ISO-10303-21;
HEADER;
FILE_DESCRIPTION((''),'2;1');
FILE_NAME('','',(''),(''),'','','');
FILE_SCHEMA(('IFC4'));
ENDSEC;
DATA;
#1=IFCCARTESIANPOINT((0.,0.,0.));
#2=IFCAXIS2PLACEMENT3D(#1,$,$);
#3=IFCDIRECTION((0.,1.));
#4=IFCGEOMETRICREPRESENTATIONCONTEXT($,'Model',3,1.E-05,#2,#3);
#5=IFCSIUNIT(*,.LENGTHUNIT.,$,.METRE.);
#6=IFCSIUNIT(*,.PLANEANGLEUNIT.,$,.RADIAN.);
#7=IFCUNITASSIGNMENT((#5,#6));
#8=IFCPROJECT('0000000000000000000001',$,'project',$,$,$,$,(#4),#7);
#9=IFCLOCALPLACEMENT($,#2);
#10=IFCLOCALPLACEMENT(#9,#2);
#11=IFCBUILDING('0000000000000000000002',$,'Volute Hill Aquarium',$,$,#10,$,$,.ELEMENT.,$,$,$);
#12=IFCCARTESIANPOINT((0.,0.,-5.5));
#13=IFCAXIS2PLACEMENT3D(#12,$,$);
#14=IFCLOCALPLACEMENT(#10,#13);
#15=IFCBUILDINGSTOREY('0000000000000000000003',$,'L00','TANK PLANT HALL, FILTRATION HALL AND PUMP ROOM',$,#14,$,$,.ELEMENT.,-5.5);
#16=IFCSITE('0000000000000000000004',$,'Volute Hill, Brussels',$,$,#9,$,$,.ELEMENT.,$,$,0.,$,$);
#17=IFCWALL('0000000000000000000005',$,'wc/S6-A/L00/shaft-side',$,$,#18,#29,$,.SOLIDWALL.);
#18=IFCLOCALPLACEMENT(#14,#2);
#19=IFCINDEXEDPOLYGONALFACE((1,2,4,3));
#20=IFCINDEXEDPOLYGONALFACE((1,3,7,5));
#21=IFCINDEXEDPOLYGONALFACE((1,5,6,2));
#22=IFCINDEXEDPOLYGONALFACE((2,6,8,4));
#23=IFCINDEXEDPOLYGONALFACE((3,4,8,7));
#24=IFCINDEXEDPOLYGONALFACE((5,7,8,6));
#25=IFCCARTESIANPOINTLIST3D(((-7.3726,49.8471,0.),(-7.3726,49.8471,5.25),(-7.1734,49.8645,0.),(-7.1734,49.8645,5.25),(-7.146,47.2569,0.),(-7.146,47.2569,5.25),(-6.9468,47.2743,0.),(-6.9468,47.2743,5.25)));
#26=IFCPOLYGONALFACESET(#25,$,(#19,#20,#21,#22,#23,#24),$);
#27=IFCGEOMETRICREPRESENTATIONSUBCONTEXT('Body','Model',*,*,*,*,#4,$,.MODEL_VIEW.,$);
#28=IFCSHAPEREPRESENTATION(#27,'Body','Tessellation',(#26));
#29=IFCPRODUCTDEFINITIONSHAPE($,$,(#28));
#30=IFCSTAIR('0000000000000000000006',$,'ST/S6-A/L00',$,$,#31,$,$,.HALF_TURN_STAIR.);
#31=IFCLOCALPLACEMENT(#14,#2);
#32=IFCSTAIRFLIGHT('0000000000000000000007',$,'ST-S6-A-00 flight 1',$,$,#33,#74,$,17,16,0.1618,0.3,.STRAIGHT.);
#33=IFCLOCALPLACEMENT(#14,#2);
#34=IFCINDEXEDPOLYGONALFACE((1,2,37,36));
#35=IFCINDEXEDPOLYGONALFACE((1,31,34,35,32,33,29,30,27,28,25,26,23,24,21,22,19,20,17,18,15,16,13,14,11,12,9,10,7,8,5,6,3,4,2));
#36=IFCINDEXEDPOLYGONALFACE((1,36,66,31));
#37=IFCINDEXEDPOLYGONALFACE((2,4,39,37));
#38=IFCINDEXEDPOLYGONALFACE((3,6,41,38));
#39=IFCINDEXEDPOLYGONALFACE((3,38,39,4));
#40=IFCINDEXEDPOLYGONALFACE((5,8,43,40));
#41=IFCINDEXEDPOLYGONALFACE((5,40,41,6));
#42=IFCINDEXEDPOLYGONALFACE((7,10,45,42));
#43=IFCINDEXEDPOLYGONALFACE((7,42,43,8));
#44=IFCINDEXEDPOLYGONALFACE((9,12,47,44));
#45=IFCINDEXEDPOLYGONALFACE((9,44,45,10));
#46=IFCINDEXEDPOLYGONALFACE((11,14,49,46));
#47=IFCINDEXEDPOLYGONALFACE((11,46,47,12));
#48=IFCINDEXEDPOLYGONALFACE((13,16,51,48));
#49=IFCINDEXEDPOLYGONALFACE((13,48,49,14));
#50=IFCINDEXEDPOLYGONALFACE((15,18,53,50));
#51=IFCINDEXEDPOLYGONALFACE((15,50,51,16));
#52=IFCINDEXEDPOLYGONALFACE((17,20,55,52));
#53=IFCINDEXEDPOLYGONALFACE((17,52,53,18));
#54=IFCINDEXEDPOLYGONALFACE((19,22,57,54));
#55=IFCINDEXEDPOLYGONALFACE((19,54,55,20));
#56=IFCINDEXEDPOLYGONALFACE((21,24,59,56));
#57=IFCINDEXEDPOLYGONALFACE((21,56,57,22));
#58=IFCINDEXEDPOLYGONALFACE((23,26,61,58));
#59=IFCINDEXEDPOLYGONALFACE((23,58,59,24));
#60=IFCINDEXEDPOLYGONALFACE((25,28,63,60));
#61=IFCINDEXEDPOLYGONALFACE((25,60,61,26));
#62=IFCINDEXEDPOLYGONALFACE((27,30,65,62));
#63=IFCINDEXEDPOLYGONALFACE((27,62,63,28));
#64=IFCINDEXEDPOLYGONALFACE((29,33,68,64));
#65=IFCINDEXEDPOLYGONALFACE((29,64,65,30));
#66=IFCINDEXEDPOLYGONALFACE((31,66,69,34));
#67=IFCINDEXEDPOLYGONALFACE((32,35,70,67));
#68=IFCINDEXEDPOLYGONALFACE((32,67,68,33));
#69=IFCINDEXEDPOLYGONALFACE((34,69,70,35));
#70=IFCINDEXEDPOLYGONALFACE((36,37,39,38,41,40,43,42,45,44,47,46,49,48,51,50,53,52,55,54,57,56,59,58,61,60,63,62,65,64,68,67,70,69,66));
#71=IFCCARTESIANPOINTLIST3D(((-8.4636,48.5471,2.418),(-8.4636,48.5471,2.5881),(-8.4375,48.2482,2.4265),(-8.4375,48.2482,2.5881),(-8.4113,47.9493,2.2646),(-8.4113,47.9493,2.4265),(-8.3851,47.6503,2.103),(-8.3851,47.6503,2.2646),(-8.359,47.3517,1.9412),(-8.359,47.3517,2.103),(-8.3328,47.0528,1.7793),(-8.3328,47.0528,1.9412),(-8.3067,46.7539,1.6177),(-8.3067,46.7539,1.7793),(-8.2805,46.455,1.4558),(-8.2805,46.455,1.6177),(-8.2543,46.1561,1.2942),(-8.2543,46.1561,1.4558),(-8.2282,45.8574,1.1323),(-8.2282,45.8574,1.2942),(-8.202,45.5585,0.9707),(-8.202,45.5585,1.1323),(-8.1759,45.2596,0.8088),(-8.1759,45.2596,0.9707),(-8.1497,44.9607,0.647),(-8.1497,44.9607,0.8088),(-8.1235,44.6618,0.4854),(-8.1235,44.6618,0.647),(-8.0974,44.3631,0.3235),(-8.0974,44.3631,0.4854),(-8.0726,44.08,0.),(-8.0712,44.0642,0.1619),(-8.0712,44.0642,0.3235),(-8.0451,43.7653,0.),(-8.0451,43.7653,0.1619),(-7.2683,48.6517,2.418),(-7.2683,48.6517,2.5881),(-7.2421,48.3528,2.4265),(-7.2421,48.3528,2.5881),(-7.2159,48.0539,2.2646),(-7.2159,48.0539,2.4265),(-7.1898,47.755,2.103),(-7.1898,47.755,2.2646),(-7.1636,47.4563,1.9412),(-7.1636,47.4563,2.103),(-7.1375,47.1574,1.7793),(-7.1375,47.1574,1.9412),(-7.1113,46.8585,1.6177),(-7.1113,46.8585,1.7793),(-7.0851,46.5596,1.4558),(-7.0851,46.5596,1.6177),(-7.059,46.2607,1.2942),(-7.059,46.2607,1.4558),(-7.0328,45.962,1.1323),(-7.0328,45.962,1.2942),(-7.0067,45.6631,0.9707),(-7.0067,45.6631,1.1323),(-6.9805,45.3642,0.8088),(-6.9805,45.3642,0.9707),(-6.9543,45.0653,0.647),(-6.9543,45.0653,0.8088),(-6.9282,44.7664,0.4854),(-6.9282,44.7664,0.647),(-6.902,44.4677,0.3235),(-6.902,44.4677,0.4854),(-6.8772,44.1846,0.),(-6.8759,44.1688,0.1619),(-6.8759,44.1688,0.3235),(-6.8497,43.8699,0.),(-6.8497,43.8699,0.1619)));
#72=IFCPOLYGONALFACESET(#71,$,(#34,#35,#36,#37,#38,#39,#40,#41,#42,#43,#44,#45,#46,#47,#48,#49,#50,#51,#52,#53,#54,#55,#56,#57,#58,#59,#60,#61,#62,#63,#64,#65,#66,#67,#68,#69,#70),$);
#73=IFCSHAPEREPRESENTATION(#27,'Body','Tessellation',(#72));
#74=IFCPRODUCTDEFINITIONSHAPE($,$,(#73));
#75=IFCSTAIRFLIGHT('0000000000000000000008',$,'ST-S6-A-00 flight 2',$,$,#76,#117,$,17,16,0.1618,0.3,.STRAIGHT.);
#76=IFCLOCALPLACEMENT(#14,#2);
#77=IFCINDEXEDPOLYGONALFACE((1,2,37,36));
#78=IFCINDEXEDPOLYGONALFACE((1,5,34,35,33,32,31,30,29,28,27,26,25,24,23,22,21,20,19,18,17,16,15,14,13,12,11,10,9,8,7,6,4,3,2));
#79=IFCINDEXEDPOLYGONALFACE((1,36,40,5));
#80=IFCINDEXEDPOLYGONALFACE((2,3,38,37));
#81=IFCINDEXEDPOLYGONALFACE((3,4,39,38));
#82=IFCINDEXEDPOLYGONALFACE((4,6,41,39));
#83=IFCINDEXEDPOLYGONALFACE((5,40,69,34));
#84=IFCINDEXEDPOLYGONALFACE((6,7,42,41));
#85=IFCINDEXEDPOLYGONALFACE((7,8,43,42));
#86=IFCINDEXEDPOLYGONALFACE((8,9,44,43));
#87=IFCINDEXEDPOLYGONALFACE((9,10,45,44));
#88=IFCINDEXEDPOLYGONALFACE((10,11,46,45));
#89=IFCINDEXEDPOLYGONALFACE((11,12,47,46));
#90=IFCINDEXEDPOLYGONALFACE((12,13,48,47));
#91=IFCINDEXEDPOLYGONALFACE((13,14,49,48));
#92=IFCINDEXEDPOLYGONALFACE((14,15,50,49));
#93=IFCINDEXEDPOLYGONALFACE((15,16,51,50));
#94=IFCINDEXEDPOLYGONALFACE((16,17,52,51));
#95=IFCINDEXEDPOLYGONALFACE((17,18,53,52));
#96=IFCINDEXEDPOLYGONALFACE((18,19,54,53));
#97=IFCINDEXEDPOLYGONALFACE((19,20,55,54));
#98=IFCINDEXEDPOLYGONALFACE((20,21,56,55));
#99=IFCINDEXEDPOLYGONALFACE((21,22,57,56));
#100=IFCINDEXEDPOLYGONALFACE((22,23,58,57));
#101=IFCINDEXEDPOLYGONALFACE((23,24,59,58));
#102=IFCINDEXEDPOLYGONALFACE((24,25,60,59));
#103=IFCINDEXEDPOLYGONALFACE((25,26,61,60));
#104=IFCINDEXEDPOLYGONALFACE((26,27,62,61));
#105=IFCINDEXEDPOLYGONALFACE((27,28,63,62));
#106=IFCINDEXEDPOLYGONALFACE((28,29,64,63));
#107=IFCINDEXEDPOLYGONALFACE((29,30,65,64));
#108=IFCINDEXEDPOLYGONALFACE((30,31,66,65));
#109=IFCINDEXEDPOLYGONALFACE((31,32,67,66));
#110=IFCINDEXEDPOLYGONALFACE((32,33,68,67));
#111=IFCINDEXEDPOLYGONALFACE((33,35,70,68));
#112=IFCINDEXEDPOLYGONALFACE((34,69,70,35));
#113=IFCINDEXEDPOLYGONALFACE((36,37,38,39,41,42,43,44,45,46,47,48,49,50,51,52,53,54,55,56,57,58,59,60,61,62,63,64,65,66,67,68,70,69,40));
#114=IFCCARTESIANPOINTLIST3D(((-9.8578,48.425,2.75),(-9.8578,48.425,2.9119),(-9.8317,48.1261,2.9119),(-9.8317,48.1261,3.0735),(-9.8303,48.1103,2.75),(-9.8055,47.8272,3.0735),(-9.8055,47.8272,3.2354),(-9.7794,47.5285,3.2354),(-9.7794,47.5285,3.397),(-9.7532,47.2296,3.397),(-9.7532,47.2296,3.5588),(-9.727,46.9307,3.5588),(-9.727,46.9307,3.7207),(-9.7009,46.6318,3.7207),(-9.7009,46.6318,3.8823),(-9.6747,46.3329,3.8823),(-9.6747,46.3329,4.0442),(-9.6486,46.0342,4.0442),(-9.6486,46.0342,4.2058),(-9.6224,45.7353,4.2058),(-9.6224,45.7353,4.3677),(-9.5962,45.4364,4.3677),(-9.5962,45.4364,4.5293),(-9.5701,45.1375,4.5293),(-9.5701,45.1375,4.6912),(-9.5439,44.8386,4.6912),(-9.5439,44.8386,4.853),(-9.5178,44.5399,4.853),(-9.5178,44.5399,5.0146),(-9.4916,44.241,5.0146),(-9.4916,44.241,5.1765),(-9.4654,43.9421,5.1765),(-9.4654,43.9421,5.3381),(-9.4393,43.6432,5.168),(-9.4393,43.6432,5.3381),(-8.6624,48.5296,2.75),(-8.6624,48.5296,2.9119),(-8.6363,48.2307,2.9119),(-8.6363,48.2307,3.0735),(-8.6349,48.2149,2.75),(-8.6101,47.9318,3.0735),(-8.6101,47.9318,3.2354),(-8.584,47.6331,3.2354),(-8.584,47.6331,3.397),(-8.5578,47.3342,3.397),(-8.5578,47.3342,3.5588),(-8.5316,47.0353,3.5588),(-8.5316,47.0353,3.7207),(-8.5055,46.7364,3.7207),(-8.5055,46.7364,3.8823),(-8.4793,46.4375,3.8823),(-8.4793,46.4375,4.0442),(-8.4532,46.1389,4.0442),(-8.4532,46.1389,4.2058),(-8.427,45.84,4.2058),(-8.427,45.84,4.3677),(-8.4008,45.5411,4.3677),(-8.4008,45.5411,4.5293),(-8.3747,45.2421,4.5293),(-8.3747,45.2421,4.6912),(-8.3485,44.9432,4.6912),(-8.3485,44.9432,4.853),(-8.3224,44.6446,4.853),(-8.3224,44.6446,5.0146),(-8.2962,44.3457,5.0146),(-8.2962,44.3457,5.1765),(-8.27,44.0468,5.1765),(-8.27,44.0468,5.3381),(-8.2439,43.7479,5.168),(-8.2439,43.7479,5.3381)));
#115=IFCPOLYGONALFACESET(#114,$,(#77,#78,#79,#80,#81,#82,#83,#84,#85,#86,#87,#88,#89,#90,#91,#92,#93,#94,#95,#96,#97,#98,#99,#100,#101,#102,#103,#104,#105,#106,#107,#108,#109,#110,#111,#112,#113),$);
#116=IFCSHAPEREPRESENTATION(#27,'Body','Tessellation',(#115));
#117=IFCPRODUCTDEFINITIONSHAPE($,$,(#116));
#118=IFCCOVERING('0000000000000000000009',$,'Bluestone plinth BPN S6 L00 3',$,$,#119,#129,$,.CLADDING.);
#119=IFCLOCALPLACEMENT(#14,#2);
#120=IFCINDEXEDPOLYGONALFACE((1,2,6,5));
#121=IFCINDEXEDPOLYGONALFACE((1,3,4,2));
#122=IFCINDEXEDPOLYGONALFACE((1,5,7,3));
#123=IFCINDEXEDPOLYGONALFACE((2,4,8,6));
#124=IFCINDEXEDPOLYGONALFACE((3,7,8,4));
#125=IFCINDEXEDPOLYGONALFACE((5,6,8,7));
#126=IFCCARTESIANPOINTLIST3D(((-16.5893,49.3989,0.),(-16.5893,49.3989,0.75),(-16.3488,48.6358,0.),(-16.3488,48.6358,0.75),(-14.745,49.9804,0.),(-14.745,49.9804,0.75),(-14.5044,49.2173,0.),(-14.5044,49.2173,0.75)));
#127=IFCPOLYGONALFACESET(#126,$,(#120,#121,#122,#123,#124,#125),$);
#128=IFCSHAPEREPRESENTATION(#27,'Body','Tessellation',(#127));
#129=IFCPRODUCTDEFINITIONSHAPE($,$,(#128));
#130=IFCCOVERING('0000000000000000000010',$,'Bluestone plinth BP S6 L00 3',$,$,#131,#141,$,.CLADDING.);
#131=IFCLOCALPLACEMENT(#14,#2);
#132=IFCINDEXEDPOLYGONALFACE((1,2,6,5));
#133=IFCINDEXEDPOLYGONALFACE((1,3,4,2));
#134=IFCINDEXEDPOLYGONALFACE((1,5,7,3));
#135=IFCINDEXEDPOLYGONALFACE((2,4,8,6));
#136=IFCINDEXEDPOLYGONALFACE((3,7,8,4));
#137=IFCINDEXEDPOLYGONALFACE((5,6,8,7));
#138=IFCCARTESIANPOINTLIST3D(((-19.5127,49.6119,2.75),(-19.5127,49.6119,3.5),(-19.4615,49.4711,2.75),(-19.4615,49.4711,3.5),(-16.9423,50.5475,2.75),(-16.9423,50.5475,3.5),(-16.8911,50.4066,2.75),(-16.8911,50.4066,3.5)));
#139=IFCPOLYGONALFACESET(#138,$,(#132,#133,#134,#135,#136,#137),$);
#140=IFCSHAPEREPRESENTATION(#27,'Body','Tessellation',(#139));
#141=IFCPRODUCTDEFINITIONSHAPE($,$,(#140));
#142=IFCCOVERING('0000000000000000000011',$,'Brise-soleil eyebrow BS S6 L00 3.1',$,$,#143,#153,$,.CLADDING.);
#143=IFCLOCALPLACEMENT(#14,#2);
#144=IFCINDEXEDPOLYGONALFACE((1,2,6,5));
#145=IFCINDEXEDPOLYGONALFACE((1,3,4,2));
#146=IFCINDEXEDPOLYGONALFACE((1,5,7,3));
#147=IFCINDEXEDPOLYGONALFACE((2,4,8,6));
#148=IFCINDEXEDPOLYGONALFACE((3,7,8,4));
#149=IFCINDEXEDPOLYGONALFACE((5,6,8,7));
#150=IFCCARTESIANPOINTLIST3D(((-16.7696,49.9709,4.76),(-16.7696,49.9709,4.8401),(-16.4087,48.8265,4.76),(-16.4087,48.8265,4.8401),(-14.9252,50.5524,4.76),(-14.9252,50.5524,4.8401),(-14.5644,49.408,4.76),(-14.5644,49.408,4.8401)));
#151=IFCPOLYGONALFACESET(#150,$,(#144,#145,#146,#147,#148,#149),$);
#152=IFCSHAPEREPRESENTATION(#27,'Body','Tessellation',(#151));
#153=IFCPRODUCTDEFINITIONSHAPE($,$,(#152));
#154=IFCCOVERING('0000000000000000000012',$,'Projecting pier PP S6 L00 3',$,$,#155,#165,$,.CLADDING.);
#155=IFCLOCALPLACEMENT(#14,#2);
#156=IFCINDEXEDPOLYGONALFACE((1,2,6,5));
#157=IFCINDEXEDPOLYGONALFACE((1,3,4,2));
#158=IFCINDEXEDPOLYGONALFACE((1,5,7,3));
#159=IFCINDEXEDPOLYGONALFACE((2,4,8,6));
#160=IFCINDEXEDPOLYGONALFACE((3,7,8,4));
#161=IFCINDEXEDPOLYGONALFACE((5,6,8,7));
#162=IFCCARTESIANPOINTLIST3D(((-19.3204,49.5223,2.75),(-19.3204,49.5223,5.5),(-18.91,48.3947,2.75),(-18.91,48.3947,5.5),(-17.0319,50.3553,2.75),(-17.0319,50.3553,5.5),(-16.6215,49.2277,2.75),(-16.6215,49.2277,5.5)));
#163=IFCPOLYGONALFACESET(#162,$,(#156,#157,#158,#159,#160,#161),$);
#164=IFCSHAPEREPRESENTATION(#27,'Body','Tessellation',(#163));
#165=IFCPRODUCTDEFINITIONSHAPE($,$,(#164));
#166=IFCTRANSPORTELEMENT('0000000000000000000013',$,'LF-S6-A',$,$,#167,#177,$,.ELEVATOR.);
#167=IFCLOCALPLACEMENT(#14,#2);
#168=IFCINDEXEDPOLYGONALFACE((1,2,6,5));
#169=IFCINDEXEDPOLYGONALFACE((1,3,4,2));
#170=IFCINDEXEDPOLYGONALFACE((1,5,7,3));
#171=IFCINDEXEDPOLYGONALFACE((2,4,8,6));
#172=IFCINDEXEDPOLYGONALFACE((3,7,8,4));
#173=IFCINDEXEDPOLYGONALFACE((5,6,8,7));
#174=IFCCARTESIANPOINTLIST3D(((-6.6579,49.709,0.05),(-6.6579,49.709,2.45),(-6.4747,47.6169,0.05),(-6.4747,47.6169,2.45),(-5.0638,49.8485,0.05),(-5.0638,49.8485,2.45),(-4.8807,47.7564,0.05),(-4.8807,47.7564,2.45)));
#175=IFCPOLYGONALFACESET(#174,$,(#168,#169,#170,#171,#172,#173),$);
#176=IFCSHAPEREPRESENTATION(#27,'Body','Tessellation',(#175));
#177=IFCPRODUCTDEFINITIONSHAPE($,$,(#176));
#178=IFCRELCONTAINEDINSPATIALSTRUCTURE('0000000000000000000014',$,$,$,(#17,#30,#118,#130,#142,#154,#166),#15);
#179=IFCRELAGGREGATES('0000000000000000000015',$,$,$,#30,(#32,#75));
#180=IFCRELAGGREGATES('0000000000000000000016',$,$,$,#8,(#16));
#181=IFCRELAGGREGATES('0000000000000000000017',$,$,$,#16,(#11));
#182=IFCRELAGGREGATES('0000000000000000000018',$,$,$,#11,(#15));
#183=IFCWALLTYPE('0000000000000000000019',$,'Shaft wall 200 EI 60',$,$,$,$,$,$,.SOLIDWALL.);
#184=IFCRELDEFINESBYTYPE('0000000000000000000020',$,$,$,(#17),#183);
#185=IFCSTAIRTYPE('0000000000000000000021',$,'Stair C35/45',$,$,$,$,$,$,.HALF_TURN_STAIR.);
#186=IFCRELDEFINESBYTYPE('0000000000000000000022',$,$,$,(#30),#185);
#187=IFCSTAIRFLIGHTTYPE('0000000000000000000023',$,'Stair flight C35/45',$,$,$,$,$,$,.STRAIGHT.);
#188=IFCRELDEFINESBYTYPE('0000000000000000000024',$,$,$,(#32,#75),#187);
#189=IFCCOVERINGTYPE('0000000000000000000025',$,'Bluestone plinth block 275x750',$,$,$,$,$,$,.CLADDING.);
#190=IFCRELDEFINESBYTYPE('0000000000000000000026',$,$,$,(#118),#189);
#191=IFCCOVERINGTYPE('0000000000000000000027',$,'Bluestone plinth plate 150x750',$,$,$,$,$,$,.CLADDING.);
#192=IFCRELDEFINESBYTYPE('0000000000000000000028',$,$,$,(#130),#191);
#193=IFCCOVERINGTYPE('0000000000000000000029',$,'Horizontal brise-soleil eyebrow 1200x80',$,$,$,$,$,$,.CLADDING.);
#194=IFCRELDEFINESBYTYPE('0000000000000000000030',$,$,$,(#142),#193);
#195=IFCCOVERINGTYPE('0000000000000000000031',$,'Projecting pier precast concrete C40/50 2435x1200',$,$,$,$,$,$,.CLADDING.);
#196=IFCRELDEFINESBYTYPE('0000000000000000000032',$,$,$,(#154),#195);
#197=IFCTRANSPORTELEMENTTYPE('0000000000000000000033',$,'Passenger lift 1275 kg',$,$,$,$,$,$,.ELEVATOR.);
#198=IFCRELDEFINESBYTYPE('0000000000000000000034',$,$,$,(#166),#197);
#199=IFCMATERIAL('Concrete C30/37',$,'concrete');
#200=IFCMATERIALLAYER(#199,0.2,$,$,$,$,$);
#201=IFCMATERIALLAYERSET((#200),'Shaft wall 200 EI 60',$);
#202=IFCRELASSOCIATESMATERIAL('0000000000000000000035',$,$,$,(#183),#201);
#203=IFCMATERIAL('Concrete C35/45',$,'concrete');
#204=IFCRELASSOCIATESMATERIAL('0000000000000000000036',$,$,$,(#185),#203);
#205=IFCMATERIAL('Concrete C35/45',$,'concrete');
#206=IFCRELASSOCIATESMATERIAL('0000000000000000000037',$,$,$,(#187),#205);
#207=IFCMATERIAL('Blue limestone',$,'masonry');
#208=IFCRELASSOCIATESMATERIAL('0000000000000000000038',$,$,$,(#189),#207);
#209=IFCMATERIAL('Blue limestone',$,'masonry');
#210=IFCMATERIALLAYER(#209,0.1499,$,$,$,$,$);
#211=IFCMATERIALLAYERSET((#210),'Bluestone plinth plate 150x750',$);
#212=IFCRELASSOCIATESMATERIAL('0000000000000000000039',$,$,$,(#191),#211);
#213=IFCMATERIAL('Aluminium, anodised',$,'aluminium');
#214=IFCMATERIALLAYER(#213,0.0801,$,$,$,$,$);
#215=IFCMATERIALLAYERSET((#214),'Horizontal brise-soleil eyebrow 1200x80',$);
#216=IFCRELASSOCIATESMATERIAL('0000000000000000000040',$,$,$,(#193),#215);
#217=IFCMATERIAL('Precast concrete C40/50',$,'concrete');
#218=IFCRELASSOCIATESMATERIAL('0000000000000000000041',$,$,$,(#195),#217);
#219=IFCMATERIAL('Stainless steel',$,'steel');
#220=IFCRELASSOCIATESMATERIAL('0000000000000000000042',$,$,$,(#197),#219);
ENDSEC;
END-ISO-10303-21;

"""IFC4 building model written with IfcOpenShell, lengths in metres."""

from ifc_helpers import new_model, si_unit, direction, frame, frame_2d, origin, origin_2d, place, context, subcontext, project, spatial, polyline, rectangle, outline, extrude, material, layer, layer_set, type_object, element, aggregate, save


model = new_model("IFC4")

# Units and contexts
model_context = context("Model", 3, precision=1e-05, world=origin(), true_north=direction((0.0, 1.0)))
body_context = subcontext(model_context, "Body", "Model", "MODEL_VIEW")
ifc_project = project(units=[si_unit("LENGTHUNIT", "METRE"), si_unit("PLANEANGLEUNIT", "RADIAN")], contexts=[model_context])

# Site, building, storey
site_placement = place(None, origin())
site = spatial("IfcSite", under=ifc_project, at=site_placement, Name="Volute Hill, Brussels", CompositionType="ELEMENT", RefElevation=0.0)
building_placement = place(site_placement, origin())
building = spatial("IfcBuilding", under=site, at=building_placement, Name="Volute Hill Aquarium", CompositionType="ELEMENT")
storey_placement = place(building_placement, frame((0.0, 0.0, -5.5)))
storey = spatial("IfcBuildingStorey", under=building, at=storey_placement, Name="L00", Description="TANK PLANT HALL, FILTRATION HALL AND PUMP ROOM", CompositionType="ELEMENT", Elevation=-5.5)

# Shared definitions
ifc_material_1 = material(Name="Concrete C30/37", Category="concrete")
ifc_layer_1 = layer(ifc_material_1, 0.2)
ifc_layer_set_1 = layer_set([ifc_layer_1], Name="Shaft wall 200 EI 60")
wall_type_1 = type_object("IfcWallType", Name="Shaft wall 200 EI 60", PredefinedType="SOLIDWALL", material=ifc_layer_set_1)

# Wall
wall_1_placement = place(storey_placement, frame((-7.0464, 47.2656, 0.0), z_axis=(0.0, 0.0, 1.0), x_axis=(-0.08714, 0.996196, 0.0)))
element("IfcWall", 1, at=wall_1_placement, inside=storey, type_object=wall_type_1, Name="wc/S6-A/L00/shaft-side", PredefinedType="SOLIDWALL", context=body_context, shape_type="SweptSolid", body=[
    extrude(rectangle(XDim=2.6001, YDim=0.2, at=frame_2d((1.3, 0.0))), origin(), (0.0, 0.0, 1.0), 5.25),
])

# Stair, stair flights
ifc_material_2 = material(Name="Concrete C35/45", Category="concrete")
stair_type = type_object("IfcStairType", Name="Stair C35/45", PredefinedType="HALF_TURN_STAIR", material=ifc_material_2)
stair_placement = place(storey_placement, origin())
stair = element("IfcStair", 2, at=stair_placement, inside=storey, type_object=stair_type, Name="ST/S6-A/L00", PredefinedType="HALF_TURN_STAIR")
ifc_material_3 = material(Name="Concrete C35/45", Category="concrete")
stair_flight_type = type_object("IfcStairFlightType", Name="Stair flight C35/45", PredefinedType="STRAIGHT", material=ifc_material_3)
stair_flight_1_placement = place(storey_placement, frame((-7.4473, 43.8176, 0.0), z_axis=(0.0, 0.0, 1.0), x_axis=(-0.087199, 0.996191, 0.0)))
stair_flight_1 = element("IfcStairFlight", 3, at=stair_flight_1_placement, type_object=stair_flight_type, Name="ST-S6-A-00 flight 1", NumberOfRisers=17, NumberOfTreads=16, PredefinedType="STRAIGHT", RiserHeight=0.1618, TreadLength=0.3, context=body_context, shape_type="SweptSolid", body=[
    extrude(outline(polyline([(0.0, 0.0), (0.0, 0.1619), (0.3, 0.1619), (0.3, 0.3235), (0.6001, 0.3235), (0.6001, 0.4854), (0.8999, 0.4854), (0.8999, 0.647), (1.2, 0.647), (1.2, 0.8088), (1.5, 0.8088), (1.5, 0.9707), (1.8, 0.9707), (1.8, 1.1323), (2.1001, 1.1323), (2.1001, 1.2942), (2.3999, 1.2942), (2.3999, 1.4558), (2.7, 1.4558), (2.7, 1.6177), (3.0, 1.6177), (3.0, 1.7793), (3.3, 1.7793), (3.3, 1.9412), (3.6001, 1.9412), (3.6001, 2.103), (3.8999, 2.103), (3.8999, 2.2646), (4.2, 2.2646), (4.2, 2.4265), (4.5, 2.4265), (4.5, 2.5881), (4.8, 2.5881), (4.8, 2.75), (4.8, 2.418), (0.3159, 0.0), (0.0, 0.0)])), frame((0.0, 0.6001, 0.0), z_axis=(0.0, -1.0, 0.0), x_axis=(1.0, 0.0, 0.0)), (0.0, 0.0, 1.0), 1.2),
])
stair_flight_2_placement = place(storey_placement, frame((-9.2603, 48.4773, 2.75), z_axis=(0.0, 0.0, 1.0), x_axis=(0.087199, -0.996191, 0.0)))
stair_flight_2 = element("IfcStairFlight", 4, at=stair_flight_2_placement, type_object=stair_flight_type, Name="ST-S6-A-00 flight 2", NumberOfRisers=17, NumberOfTreads=16, PredefinedType="STRAIGHT", RiserHeight=0.1618, TreadLength=0.3, context=body_context, shape_type="SweptSolid", body=[
    extrude(outline(polyline([(0.0, 0.0), (0.0, 0.1619), (0.3, 0.1619), (0.3, 0.3235), (0.6001, 0.3235), (0.6001, 0.4854), (0.8999, 0.4854), (0.8999, 0.647), (1.2, 0.647), (1.2, 0.8088), (1.5, 0.8088), (1.5, 0.9707), (1.8, 0.9707), (1.8, 1.1323), (2.1001, 1.1323), (2.1001, 1.2942), (2.3999, 1.2942), (2.3999, 1.4558), (2.7, 1.4558), (2.7, 1.6177), (3.0, 1.6177), (3.0, 1.7793), (3.3, 1.7793), (3.3, 1.9412), (3.6001, 1.9412), (3.6001, 2.103), (3.8999, 2.103), (3.8999, 2.2646), (4.2, 2.2646), (4.2, 2.4265), (4.5, 2.4265), (4.5, 2.5881), (4.8, 2.5881), (4.8, 2.75), (4.8, 2.418), (0.3159, 0.0), (0.0, 0.0)])), frame((0.0, 0.6001, 0.0), z_axis=(0.0, -1.0, 0.0), x_axis=(1.0, 0.0, 0.0)), (0.0, 0.0, 1.0), 1.2),
])
aggregate(stair, [stair_flight_1, stair_flight_2])

# Coverings
ifc_material_4 = material(Name="Blue limestone", Category="masonry")
covering_type_1 = type_object("IfcCoveringType", Name="Bluestone plinth block 275x750", PredefinedType="CLADDING", material=ifc_material_4)
covering_1_placement = place(storey_placement, frame((-15.5469, 49.3081, 0.0), z_axis=(0.0, 0.0, 1.0), x_axis=(-0.953718, -0.300702, 0.0)))
element("IfcCovering", 5, at=covering_1_placement, inside=storey, type_object=covering_type_1, Name="Bluestone plinth BPN S6 L00 3", PredefinedType="CLADDING", context=body_context, shape_type="SweptSolid", body=[
    extrude(rectangle(XDim=1.9338, YDim=0.8, at=origin_2d()), origin(), (0.0, 0.0, 1.0), 0.75),
])
ifc_material_5 = material(Name="Blue limestone", Category="masonry")
ifc_layer_2 = layer(ifc_material_5, 0.1499)
ifc_layer_set_2 = layer_set([ifc_layer_2], Name="Bluestone plinth plate 150x750")
covering_type_2 = type_object("IfcCoveringType", Name="Bluestone plinth plate 150x750", PredefinedType="CLADDING", material=ifc_layer_set_2)
covering_2_placement = place(storey_placement, frame((-18.2019, 50.0093, 2.75), z_axis=(0.0, 0.0, 1.0), x_axis=(-0.939693, -0.34202, 0.0)))
element("IfcCovering", 6, at=covering_2_placement, inside=storey, type_object=covering_type_2, Name="Bluestone plinth BP S6 L00 3", PredefinedType="CLADDING", context=body_context, shape_type="SweptSolid", body=[
    extrude(rectangle(XDim=2.7354, YDim=0.1499, at=origin_2d()), origin(), (0.0, 0.0, 1.0), 0.75),
])

# Coverings
ifc_material_6 = material(Name="Aluminium, anodised", Category="aluminium")
ifc_layer_3 = layer(ifc_material_6, 0.0801)
ifc_layer_set_3 = layer_set([ifc_layer_3], Name="Horizontal brise-soleil eyebrow 1200x80")
covering_type_3 = type_object("IfcCoveringType", Name="Horizontal brise-soleil eyebrow 1200x80", PredefinedType="CLADDING", material=ifc_layer_set_3)
covering_3_placement = place(storey_placement, frame((-15.667, 49.6895, 4.76), z_axis=(0.0, 0.0, 1.0), x_axis=(-0.953718, -0.300702, 0.0)))
element("IfcCovering", 7, at=covering_3_placement, inside=storey, type_object=covering_type_3, Name="Brise-soleil eyebrow BS S6 L00 3.1", PredefinedType="CLADDING", context=body_context, shape_type="SweptSolid", body=[
    extrude(rectangle(XDim=1.9338, YDim=1.2, at=origin_2d()), origin(), (0.0, 0.0, 1.0), 0.0801),
])
ifc_material_7 = material(Name="Precast concrete C40/50", Category="concrete")
covering_type_4 = type_object("IfcCoveringType", Name="Projecting pier precast concrete C40/50 2435x1200", PredefinedType="CLADDING", material=ifc_material_7)
covering_4_placement = place(storey_placement, frame((-17.9709, 49.375, 2.75), z_axis=(0.0, 0.0, 1.0), x_axis=(-0.939693, -0.34202, 0.0)))
element("IfcCovering", 8, at=covering_4_placement, inside=storey, type_object=covering_type_4, Name="Projecting pier PP S6 L00 3", PredefinedType="CLADDING", context=body_context, shape_type="SweptSolid", body=[
    extrude(rectangle(XDim=2.4353, YDim=1.2, at=origin_2d()), origin(), (0.0, 0.0, 1.0), 2.75),
])

# Transport element
ifc_material_8 = material(Name="Stainless steel", Category="steel")
transport_element_type = type_object("IfcTransportElementType", Name="Passenger lift 1275 kg", PredefinedType="ELEVATOR", material=ifc_material_8)
transport_element_placement = place(storey_placement, frame((-5.7693, 48.7327, 0.05), z_axis=(0.0, 0.0, 1.0), x_axis=(-0.087199, 0.996191, 0.0)))
element("IfcTransportElement", 9, at=transport_element_placement, inside=storey, type_object=transport_element_type, Name="LF-S6-A", PredefinedType="ELEVATOR", context=body_context, shape_type="SweptSolid", body=[
    extrude(rectangle(XDim=2.1001, YDim=1.6001, at=origin_2d()), origin(), (0.0, 0.0, 1.0), 2.3999),
])

save(model, "model.ifc")
